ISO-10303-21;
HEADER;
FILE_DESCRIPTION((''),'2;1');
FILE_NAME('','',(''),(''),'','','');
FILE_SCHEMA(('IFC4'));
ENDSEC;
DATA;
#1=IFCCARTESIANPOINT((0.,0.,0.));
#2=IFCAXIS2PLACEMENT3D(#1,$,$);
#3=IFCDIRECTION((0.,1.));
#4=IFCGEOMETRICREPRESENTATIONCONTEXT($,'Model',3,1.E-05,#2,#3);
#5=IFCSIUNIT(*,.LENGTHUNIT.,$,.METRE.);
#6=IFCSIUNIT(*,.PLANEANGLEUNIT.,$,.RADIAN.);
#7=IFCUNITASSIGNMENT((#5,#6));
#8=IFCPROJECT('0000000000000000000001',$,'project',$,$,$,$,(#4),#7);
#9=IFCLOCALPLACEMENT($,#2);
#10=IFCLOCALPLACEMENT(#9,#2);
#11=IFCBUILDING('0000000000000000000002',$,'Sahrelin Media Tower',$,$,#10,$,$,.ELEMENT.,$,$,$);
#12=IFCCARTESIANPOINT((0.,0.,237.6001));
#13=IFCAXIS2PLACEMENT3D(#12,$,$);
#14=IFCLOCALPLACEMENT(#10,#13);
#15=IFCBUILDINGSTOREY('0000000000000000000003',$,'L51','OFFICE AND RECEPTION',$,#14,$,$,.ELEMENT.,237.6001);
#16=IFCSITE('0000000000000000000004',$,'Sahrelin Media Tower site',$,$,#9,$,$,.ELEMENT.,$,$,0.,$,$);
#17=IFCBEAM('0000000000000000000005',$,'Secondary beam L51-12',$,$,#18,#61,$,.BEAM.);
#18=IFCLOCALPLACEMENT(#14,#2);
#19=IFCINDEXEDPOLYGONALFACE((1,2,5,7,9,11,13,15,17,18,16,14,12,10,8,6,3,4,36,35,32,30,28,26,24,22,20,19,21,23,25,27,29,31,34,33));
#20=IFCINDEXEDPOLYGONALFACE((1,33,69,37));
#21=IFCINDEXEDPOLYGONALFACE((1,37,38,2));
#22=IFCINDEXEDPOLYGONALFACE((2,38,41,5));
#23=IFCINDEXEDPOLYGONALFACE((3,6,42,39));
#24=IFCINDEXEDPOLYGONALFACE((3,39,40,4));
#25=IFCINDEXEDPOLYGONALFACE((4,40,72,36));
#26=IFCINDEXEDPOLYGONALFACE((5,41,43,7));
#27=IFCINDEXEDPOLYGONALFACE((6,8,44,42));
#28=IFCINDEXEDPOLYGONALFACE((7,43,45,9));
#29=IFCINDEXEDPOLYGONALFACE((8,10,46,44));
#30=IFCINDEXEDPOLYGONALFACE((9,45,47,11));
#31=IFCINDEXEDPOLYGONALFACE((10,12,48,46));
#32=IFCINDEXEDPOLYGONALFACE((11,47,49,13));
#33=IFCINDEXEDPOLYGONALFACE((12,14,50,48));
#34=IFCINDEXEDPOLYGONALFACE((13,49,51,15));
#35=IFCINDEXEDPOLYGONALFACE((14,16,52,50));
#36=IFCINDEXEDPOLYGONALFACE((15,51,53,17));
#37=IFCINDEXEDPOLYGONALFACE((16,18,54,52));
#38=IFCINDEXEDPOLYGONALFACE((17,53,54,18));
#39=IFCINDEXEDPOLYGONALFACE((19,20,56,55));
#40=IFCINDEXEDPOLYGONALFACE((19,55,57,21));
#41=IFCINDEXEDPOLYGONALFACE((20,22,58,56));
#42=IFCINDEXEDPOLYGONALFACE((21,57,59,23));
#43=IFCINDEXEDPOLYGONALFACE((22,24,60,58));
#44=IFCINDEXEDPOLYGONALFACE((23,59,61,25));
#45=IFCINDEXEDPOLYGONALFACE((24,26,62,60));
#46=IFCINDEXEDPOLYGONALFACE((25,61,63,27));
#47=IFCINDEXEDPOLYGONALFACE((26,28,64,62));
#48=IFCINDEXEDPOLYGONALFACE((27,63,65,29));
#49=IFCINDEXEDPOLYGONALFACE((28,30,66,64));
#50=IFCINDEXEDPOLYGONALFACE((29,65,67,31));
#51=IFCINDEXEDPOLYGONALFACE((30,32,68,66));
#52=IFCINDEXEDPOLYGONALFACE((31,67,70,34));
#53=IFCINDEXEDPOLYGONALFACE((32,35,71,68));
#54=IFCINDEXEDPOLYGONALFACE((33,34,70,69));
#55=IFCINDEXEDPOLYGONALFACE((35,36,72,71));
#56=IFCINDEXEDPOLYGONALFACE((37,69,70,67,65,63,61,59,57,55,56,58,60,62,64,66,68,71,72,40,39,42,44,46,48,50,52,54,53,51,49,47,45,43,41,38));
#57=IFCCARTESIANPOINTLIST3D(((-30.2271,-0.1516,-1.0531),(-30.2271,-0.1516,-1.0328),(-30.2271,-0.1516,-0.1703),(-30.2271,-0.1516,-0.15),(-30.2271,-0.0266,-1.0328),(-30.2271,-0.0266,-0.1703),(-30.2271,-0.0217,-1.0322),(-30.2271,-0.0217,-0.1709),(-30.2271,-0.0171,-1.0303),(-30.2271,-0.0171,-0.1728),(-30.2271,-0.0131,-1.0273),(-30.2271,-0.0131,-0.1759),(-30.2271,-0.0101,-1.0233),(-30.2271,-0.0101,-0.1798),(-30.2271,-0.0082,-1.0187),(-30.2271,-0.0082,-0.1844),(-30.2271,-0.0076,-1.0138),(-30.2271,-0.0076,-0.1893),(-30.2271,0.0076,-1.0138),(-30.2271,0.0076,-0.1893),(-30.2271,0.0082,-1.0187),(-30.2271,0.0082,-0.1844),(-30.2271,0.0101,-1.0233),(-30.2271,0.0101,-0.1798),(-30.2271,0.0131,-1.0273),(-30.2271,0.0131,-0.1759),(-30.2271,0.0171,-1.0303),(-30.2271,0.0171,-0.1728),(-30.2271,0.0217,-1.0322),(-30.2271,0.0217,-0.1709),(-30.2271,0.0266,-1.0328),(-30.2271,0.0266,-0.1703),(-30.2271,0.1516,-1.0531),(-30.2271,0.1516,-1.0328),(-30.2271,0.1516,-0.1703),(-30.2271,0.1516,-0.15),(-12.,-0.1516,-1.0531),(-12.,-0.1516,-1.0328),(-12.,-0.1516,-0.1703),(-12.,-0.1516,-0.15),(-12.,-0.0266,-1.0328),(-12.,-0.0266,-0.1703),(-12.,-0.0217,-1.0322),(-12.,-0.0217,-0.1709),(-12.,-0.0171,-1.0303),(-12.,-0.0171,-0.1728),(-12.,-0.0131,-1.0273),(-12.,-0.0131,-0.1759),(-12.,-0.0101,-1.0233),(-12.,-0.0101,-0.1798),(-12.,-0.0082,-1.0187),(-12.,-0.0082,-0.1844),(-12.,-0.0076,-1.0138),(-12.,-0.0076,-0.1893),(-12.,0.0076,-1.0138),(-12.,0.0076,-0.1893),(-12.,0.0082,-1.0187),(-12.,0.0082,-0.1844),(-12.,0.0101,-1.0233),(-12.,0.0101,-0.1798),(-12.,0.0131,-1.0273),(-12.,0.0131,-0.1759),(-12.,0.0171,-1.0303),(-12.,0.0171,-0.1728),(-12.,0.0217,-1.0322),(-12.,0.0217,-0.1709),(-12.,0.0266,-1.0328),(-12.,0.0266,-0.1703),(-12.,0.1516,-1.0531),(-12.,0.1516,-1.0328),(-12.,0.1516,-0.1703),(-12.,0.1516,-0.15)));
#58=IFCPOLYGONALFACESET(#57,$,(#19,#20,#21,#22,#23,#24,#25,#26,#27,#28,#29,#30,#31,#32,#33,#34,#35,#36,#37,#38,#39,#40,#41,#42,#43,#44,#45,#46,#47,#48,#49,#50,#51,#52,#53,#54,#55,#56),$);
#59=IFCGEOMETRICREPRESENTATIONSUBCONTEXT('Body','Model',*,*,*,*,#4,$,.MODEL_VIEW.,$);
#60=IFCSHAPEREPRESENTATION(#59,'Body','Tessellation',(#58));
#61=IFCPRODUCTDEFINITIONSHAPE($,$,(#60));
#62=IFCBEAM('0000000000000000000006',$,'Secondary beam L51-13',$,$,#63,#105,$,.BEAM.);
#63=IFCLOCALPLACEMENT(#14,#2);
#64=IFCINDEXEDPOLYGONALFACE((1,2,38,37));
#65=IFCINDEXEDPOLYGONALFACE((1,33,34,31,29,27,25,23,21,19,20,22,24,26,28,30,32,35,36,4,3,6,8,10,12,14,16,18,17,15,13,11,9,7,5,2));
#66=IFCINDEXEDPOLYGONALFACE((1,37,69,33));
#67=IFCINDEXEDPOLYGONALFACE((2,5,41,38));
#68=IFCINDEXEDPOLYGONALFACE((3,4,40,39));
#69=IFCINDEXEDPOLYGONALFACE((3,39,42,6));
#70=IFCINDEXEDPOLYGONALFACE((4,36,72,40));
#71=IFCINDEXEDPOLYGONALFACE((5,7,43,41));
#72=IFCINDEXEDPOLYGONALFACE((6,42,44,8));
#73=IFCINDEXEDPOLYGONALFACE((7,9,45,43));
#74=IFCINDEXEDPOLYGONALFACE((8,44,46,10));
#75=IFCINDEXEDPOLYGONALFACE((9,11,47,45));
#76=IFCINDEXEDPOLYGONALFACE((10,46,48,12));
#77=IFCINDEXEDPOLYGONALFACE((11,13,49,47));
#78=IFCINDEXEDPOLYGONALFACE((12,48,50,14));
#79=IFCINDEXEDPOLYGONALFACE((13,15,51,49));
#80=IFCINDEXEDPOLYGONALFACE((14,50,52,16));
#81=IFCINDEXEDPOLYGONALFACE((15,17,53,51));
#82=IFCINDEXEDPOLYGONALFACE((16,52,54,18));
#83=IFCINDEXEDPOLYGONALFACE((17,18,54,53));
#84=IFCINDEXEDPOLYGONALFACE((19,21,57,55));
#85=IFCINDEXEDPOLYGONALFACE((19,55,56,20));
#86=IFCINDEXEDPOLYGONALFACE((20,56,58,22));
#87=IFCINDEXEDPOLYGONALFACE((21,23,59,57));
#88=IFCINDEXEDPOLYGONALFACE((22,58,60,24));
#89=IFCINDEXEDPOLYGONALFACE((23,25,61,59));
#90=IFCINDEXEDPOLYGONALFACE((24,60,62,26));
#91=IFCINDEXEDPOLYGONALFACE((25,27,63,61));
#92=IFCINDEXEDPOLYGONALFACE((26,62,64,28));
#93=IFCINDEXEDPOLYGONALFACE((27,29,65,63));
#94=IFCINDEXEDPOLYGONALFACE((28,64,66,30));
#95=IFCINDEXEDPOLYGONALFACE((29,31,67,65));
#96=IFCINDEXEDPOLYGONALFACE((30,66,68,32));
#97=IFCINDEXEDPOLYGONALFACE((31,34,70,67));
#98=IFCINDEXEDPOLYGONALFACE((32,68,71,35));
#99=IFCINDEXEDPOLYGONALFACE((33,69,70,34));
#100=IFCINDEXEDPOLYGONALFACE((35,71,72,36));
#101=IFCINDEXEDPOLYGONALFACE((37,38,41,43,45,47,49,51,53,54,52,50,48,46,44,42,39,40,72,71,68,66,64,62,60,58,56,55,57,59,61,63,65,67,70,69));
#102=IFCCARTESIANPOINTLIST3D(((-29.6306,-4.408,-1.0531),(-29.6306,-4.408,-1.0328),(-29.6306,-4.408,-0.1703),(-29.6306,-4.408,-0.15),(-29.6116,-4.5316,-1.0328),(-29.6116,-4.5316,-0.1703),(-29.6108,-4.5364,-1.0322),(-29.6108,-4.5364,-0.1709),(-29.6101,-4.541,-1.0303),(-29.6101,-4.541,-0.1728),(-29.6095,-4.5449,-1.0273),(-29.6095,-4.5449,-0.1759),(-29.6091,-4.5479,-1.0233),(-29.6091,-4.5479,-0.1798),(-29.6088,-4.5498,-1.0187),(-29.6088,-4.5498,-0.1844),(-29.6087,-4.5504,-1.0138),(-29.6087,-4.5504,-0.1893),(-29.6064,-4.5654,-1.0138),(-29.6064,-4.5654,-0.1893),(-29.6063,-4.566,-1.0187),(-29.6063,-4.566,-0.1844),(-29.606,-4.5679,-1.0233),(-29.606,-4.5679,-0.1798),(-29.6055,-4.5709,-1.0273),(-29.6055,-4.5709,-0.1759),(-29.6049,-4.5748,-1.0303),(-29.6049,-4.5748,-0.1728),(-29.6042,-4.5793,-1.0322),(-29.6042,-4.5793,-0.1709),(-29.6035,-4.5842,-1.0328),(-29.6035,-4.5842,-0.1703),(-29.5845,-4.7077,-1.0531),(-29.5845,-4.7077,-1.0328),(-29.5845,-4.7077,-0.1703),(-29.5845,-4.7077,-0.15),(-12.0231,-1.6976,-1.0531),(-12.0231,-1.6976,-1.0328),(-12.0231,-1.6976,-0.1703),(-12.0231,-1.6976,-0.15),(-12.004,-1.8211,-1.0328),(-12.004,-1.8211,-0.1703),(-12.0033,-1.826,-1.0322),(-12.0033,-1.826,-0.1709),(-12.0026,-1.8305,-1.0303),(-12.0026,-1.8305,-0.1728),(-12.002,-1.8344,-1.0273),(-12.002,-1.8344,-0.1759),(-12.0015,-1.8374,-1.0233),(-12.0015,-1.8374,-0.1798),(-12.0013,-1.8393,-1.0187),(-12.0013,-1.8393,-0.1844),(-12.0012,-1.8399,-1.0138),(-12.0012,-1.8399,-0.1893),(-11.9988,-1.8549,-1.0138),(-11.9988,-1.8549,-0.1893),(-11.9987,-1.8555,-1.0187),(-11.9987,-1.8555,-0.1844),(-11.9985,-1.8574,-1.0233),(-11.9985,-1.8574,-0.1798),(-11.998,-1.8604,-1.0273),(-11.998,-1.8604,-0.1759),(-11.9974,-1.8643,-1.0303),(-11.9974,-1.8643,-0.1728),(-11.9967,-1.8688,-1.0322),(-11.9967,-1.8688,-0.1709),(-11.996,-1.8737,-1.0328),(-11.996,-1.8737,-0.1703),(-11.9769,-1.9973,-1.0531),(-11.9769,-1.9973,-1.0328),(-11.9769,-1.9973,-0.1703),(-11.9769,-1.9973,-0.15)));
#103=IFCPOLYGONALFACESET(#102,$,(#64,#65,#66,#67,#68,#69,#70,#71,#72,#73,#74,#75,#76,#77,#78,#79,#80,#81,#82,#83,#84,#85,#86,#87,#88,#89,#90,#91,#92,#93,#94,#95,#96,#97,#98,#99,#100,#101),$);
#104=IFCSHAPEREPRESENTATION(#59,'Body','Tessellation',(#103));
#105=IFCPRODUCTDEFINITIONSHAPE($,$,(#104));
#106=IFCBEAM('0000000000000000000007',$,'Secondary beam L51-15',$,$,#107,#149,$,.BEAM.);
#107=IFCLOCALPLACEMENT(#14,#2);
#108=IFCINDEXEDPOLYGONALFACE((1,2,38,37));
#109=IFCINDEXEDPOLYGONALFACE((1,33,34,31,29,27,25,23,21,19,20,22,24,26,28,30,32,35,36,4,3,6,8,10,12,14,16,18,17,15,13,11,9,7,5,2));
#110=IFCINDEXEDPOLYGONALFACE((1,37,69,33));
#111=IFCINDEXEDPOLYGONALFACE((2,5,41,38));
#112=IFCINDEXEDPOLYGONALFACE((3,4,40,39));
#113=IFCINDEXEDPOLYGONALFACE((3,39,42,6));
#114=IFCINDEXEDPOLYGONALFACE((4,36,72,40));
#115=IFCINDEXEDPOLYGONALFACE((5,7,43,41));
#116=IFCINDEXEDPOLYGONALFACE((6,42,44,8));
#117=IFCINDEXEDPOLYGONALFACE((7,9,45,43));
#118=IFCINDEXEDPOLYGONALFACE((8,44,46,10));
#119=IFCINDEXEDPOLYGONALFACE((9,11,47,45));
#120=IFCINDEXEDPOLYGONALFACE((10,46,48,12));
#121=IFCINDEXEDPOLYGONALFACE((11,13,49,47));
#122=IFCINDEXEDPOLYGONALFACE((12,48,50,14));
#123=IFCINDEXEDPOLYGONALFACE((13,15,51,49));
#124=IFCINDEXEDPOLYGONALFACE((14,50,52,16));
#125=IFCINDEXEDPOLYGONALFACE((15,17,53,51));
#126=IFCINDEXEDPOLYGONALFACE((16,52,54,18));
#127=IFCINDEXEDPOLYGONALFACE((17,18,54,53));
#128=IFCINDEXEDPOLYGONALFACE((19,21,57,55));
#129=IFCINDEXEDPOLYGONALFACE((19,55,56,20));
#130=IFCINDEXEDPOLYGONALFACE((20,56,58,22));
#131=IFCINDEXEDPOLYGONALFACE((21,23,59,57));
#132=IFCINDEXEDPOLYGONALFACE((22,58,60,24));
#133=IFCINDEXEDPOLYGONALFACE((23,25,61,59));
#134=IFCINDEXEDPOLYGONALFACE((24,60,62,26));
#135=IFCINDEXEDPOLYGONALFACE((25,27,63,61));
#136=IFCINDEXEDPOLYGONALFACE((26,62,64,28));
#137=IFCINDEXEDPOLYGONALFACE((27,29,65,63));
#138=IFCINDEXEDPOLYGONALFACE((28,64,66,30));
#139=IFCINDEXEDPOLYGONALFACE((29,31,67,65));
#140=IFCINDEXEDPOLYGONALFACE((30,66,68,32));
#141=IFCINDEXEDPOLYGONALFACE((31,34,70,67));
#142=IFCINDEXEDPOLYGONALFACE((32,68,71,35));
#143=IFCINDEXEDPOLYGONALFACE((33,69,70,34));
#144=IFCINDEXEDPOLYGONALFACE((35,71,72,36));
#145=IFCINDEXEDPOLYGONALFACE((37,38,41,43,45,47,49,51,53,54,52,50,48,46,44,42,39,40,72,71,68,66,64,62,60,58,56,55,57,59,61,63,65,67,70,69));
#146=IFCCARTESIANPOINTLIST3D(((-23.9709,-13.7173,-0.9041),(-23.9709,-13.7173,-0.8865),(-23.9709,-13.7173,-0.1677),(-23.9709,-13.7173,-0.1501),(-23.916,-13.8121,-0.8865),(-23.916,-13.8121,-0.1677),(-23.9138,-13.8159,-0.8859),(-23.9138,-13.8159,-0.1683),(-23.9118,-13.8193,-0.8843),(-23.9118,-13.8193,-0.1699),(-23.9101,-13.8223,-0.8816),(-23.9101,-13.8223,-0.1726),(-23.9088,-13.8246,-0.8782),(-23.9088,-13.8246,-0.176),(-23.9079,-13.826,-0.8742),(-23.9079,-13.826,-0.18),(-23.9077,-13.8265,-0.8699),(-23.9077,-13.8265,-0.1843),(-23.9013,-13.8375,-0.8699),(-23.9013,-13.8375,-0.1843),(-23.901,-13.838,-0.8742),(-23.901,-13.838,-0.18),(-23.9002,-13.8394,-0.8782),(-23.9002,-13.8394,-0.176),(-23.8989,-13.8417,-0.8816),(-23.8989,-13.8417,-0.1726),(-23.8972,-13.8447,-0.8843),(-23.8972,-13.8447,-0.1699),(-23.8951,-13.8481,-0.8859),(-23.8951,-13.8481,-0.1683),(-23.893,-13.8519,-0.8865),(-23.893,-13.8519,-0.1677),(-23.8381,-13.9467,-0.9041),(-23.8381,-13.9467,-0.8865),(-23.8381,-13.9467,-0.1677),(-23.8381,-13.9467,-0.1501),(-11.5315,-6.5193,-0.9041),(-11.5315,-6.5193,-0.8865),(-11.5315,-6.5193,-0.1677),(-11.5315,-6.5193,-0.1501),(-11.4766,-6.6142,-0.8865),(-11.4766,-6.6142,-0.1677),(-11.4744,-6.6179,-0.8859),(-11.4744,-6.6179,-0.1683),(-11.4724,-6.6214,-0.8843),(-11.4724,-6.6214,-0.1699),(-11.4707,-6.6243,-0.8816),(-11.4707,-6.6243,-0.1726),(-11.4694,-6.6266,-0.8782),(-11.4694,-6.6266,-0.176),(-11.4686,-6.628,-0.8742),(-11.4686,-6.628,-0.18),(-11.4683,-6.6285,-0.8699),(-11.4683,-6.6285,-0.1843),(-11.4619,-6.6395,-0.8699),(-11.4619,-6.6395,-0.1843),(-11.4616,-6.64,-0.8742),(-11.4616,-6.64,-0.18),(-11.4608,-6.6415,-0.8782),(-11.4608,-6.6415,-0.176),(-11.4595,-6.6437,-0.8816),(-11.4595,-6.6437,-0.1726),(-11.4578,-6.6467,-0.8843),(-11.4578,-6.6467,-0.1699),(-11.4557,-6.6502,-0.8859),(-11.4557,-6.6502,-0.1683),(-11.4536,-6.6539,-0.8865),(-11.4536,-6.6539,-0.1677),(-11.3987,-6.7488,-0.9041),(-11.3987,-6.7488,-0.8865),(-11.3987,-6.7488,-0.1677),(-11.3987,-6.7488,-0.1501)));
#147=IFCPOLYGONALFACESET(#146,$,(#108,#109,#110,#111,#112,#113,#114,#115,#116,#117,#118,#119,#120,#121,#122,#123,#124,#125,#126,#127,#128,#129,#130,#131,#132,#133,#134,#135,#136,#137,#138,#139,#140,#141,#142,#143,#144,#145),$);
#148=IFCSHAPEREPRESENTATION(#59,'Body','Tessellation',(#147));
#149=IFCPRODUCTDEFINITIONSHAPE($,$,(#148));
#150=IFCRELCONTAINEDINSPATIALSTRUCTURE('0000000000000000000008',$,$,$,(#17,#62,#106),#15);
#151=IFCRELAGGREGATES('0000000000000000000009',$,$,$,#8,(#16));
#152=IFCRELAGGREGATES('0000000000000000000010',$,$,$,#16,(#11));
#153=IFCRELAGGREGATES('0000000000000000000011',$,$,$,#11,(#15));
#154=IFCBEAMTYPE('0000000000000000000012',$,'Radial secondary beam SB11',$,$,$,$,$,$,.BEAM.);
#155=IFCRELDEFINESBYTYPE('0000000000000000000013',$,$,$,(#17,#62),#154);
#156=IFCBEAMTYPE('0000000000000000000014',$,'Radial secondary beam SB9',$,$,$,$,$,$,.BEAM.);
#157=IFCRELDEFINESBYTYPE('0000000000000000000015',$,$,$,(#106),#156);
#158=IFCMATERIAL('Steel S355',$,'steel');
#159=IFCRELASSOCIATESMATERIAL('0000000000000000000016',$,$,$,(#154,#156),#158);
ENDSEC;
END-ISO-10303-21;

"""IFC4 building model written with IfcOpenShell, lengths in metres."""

from ifc_helpers import new_model, si_unit, direction, frame, origin, origin_2d, place, context, subcontext, project, spatial, i_section, extrude, material, material_profile, profile_set, type_object, element, save


model = new_model("IFC4")

# Units and contexts
model_context = context("Model", 3, precision=1e-05, world=origin(), true_north=direction((0.0, 1.0)))
body_context = subcontext(model_context, "Body", "Model", "MODEL_VIEW")
ifc_project = project(units=[si_unit("LENGTHUNIT", "METRE"), si_unit("PLANEANGLEUNIT", "RADIAN")], contexts=[model_context])

# Site, building, storey
site_placement = place(None, origin())
site = spatial("IfcSite", under=ifc_project, at=site_placement, Name="Sahrelin Media Tower site", CompositionType="ELEMENT", RefElevation=0.0)
building_placement = place(site_placement, origin())
building = spatial("IfcBuilding", under=site, at=building_placement, Name="Sahrelin Media Tower", CompositionType="ELEMENT")
storey_placement = place(building_placement, frame((0.0, 0.0, 237.6001)))
storey = spatial("IfcBuildingStorey", under=building, at=storey_placement, Name="L51", Description="OFFICE AND RECEPTION", CompositionType="ELEMENT", Elevation=237.6001)

# Beams
ifc_material_1 = material(Name="Steel S355", Category="steel")
ifc_material_profile_1 = material_profile(ifc_material_1, i_section(OverallWidth=0.3032, OverallDepth=0.9031, WebThickness=0.0151, FlangeThickness=0.0203, FilletRadius=0.019, at=origin_2d()), Name="UB 914x305x201")
ifc_profile_set_1 = profile_set([ifc_material_profile_1], Name="Steel S355")
beam_type_1 = type_object("IfcBeamType", Name="Radial secondary beam SB11", PredefinedType="BEAM", material=ifc_profile_set_1)
beam_1_placement = place(storey_placement, frame((-12.0, 0.0, -0.6016), z_axis=(-1.0, 0.0, 0.0), x_axis=(0.0, -1.0, 0.0)))
element("IfcBeam", 1, at=beam_1_placement, inside=storey, type_object=beam_type_1, Name="Secondary beam L51-12", PredefinedType="BEAM", context=body_context, shape_type="SweptSolid", body=[
    extrude(i_section(OverallWidth=0.3032, OverallDepth=0.9031, WebThickness=0.0151, FlangeThickness=0.0203, FilletRadius=0.019, at=origin_2d()), origin(), (0.0, 0.0, 1.0), 18.2271),
])
beam_2_placement = place(storey_placement, frame((-12.0, -1.8474, -0.6016), z_axis=(-0.988358, -0.152146, 0.0), x_axis=(0.152146, -0.988358, 0.0)))
element("IfcBeam", 2, at=beam_2_placement, inside=storey, type_object=beam_type_1, Name="Secondary beam L51-13", PredefinedType="BEAM", context=body_context, shape_type="SweptSolid", body=[
    extrude(i_section(OverallWidth=0.3032, OverallDepth=0.9031, WebThickness=0.0151, FlangeThickness=0.0203, FilletRadius=0.019, at=origin_2d()), origin(), (0.0, 0.0, 1.0), 17.8149),
])
ifc_material_profile_2 = material_profile(ifc_material_1, i_section(OverallWidth=0.2651, OverallDepth=0.7539, WebThickness=0.0127, FlangeThickness=0.0176, FilletRadius=0.0166, at=origin_2d()), Name="UB 762x267x147")
ifc_profile_set_2 = profile_set([ifc_material_profile_2], Name="Steel S355")
beam_type_2 = type_object("IfcBeamType", Name="Radial secondary beam SB9", PredefinedType="BEAM", material=ifc_profile_set_2)
beam_3_placement = place(storey_placement, frame((-11.4651, -6.634, -0.5271), z_axis=(-0.865541, -0.500839, 0.0), x_axis=(0.500839, -0.865541, 0.0)))
element("IfcBeam", 3, at=beam_3_placement, inside=storey, type_object=beam_type_2, Name="Secondary beam L51-15", PredefinedType="BEAM", context=body_context, shape_type="SweptSolid", body=[
    extrude(i_section(OverallWidth=0.2651, OverallDepth=0.7539, WebThickness=0.0127, FlangeThickness=0.0176, FilletRadius=0.0166, at=origin_2d()), origin(), (0.0, 0.0, 1.0), 14.3718),
])

save(model, "model.ifc")
